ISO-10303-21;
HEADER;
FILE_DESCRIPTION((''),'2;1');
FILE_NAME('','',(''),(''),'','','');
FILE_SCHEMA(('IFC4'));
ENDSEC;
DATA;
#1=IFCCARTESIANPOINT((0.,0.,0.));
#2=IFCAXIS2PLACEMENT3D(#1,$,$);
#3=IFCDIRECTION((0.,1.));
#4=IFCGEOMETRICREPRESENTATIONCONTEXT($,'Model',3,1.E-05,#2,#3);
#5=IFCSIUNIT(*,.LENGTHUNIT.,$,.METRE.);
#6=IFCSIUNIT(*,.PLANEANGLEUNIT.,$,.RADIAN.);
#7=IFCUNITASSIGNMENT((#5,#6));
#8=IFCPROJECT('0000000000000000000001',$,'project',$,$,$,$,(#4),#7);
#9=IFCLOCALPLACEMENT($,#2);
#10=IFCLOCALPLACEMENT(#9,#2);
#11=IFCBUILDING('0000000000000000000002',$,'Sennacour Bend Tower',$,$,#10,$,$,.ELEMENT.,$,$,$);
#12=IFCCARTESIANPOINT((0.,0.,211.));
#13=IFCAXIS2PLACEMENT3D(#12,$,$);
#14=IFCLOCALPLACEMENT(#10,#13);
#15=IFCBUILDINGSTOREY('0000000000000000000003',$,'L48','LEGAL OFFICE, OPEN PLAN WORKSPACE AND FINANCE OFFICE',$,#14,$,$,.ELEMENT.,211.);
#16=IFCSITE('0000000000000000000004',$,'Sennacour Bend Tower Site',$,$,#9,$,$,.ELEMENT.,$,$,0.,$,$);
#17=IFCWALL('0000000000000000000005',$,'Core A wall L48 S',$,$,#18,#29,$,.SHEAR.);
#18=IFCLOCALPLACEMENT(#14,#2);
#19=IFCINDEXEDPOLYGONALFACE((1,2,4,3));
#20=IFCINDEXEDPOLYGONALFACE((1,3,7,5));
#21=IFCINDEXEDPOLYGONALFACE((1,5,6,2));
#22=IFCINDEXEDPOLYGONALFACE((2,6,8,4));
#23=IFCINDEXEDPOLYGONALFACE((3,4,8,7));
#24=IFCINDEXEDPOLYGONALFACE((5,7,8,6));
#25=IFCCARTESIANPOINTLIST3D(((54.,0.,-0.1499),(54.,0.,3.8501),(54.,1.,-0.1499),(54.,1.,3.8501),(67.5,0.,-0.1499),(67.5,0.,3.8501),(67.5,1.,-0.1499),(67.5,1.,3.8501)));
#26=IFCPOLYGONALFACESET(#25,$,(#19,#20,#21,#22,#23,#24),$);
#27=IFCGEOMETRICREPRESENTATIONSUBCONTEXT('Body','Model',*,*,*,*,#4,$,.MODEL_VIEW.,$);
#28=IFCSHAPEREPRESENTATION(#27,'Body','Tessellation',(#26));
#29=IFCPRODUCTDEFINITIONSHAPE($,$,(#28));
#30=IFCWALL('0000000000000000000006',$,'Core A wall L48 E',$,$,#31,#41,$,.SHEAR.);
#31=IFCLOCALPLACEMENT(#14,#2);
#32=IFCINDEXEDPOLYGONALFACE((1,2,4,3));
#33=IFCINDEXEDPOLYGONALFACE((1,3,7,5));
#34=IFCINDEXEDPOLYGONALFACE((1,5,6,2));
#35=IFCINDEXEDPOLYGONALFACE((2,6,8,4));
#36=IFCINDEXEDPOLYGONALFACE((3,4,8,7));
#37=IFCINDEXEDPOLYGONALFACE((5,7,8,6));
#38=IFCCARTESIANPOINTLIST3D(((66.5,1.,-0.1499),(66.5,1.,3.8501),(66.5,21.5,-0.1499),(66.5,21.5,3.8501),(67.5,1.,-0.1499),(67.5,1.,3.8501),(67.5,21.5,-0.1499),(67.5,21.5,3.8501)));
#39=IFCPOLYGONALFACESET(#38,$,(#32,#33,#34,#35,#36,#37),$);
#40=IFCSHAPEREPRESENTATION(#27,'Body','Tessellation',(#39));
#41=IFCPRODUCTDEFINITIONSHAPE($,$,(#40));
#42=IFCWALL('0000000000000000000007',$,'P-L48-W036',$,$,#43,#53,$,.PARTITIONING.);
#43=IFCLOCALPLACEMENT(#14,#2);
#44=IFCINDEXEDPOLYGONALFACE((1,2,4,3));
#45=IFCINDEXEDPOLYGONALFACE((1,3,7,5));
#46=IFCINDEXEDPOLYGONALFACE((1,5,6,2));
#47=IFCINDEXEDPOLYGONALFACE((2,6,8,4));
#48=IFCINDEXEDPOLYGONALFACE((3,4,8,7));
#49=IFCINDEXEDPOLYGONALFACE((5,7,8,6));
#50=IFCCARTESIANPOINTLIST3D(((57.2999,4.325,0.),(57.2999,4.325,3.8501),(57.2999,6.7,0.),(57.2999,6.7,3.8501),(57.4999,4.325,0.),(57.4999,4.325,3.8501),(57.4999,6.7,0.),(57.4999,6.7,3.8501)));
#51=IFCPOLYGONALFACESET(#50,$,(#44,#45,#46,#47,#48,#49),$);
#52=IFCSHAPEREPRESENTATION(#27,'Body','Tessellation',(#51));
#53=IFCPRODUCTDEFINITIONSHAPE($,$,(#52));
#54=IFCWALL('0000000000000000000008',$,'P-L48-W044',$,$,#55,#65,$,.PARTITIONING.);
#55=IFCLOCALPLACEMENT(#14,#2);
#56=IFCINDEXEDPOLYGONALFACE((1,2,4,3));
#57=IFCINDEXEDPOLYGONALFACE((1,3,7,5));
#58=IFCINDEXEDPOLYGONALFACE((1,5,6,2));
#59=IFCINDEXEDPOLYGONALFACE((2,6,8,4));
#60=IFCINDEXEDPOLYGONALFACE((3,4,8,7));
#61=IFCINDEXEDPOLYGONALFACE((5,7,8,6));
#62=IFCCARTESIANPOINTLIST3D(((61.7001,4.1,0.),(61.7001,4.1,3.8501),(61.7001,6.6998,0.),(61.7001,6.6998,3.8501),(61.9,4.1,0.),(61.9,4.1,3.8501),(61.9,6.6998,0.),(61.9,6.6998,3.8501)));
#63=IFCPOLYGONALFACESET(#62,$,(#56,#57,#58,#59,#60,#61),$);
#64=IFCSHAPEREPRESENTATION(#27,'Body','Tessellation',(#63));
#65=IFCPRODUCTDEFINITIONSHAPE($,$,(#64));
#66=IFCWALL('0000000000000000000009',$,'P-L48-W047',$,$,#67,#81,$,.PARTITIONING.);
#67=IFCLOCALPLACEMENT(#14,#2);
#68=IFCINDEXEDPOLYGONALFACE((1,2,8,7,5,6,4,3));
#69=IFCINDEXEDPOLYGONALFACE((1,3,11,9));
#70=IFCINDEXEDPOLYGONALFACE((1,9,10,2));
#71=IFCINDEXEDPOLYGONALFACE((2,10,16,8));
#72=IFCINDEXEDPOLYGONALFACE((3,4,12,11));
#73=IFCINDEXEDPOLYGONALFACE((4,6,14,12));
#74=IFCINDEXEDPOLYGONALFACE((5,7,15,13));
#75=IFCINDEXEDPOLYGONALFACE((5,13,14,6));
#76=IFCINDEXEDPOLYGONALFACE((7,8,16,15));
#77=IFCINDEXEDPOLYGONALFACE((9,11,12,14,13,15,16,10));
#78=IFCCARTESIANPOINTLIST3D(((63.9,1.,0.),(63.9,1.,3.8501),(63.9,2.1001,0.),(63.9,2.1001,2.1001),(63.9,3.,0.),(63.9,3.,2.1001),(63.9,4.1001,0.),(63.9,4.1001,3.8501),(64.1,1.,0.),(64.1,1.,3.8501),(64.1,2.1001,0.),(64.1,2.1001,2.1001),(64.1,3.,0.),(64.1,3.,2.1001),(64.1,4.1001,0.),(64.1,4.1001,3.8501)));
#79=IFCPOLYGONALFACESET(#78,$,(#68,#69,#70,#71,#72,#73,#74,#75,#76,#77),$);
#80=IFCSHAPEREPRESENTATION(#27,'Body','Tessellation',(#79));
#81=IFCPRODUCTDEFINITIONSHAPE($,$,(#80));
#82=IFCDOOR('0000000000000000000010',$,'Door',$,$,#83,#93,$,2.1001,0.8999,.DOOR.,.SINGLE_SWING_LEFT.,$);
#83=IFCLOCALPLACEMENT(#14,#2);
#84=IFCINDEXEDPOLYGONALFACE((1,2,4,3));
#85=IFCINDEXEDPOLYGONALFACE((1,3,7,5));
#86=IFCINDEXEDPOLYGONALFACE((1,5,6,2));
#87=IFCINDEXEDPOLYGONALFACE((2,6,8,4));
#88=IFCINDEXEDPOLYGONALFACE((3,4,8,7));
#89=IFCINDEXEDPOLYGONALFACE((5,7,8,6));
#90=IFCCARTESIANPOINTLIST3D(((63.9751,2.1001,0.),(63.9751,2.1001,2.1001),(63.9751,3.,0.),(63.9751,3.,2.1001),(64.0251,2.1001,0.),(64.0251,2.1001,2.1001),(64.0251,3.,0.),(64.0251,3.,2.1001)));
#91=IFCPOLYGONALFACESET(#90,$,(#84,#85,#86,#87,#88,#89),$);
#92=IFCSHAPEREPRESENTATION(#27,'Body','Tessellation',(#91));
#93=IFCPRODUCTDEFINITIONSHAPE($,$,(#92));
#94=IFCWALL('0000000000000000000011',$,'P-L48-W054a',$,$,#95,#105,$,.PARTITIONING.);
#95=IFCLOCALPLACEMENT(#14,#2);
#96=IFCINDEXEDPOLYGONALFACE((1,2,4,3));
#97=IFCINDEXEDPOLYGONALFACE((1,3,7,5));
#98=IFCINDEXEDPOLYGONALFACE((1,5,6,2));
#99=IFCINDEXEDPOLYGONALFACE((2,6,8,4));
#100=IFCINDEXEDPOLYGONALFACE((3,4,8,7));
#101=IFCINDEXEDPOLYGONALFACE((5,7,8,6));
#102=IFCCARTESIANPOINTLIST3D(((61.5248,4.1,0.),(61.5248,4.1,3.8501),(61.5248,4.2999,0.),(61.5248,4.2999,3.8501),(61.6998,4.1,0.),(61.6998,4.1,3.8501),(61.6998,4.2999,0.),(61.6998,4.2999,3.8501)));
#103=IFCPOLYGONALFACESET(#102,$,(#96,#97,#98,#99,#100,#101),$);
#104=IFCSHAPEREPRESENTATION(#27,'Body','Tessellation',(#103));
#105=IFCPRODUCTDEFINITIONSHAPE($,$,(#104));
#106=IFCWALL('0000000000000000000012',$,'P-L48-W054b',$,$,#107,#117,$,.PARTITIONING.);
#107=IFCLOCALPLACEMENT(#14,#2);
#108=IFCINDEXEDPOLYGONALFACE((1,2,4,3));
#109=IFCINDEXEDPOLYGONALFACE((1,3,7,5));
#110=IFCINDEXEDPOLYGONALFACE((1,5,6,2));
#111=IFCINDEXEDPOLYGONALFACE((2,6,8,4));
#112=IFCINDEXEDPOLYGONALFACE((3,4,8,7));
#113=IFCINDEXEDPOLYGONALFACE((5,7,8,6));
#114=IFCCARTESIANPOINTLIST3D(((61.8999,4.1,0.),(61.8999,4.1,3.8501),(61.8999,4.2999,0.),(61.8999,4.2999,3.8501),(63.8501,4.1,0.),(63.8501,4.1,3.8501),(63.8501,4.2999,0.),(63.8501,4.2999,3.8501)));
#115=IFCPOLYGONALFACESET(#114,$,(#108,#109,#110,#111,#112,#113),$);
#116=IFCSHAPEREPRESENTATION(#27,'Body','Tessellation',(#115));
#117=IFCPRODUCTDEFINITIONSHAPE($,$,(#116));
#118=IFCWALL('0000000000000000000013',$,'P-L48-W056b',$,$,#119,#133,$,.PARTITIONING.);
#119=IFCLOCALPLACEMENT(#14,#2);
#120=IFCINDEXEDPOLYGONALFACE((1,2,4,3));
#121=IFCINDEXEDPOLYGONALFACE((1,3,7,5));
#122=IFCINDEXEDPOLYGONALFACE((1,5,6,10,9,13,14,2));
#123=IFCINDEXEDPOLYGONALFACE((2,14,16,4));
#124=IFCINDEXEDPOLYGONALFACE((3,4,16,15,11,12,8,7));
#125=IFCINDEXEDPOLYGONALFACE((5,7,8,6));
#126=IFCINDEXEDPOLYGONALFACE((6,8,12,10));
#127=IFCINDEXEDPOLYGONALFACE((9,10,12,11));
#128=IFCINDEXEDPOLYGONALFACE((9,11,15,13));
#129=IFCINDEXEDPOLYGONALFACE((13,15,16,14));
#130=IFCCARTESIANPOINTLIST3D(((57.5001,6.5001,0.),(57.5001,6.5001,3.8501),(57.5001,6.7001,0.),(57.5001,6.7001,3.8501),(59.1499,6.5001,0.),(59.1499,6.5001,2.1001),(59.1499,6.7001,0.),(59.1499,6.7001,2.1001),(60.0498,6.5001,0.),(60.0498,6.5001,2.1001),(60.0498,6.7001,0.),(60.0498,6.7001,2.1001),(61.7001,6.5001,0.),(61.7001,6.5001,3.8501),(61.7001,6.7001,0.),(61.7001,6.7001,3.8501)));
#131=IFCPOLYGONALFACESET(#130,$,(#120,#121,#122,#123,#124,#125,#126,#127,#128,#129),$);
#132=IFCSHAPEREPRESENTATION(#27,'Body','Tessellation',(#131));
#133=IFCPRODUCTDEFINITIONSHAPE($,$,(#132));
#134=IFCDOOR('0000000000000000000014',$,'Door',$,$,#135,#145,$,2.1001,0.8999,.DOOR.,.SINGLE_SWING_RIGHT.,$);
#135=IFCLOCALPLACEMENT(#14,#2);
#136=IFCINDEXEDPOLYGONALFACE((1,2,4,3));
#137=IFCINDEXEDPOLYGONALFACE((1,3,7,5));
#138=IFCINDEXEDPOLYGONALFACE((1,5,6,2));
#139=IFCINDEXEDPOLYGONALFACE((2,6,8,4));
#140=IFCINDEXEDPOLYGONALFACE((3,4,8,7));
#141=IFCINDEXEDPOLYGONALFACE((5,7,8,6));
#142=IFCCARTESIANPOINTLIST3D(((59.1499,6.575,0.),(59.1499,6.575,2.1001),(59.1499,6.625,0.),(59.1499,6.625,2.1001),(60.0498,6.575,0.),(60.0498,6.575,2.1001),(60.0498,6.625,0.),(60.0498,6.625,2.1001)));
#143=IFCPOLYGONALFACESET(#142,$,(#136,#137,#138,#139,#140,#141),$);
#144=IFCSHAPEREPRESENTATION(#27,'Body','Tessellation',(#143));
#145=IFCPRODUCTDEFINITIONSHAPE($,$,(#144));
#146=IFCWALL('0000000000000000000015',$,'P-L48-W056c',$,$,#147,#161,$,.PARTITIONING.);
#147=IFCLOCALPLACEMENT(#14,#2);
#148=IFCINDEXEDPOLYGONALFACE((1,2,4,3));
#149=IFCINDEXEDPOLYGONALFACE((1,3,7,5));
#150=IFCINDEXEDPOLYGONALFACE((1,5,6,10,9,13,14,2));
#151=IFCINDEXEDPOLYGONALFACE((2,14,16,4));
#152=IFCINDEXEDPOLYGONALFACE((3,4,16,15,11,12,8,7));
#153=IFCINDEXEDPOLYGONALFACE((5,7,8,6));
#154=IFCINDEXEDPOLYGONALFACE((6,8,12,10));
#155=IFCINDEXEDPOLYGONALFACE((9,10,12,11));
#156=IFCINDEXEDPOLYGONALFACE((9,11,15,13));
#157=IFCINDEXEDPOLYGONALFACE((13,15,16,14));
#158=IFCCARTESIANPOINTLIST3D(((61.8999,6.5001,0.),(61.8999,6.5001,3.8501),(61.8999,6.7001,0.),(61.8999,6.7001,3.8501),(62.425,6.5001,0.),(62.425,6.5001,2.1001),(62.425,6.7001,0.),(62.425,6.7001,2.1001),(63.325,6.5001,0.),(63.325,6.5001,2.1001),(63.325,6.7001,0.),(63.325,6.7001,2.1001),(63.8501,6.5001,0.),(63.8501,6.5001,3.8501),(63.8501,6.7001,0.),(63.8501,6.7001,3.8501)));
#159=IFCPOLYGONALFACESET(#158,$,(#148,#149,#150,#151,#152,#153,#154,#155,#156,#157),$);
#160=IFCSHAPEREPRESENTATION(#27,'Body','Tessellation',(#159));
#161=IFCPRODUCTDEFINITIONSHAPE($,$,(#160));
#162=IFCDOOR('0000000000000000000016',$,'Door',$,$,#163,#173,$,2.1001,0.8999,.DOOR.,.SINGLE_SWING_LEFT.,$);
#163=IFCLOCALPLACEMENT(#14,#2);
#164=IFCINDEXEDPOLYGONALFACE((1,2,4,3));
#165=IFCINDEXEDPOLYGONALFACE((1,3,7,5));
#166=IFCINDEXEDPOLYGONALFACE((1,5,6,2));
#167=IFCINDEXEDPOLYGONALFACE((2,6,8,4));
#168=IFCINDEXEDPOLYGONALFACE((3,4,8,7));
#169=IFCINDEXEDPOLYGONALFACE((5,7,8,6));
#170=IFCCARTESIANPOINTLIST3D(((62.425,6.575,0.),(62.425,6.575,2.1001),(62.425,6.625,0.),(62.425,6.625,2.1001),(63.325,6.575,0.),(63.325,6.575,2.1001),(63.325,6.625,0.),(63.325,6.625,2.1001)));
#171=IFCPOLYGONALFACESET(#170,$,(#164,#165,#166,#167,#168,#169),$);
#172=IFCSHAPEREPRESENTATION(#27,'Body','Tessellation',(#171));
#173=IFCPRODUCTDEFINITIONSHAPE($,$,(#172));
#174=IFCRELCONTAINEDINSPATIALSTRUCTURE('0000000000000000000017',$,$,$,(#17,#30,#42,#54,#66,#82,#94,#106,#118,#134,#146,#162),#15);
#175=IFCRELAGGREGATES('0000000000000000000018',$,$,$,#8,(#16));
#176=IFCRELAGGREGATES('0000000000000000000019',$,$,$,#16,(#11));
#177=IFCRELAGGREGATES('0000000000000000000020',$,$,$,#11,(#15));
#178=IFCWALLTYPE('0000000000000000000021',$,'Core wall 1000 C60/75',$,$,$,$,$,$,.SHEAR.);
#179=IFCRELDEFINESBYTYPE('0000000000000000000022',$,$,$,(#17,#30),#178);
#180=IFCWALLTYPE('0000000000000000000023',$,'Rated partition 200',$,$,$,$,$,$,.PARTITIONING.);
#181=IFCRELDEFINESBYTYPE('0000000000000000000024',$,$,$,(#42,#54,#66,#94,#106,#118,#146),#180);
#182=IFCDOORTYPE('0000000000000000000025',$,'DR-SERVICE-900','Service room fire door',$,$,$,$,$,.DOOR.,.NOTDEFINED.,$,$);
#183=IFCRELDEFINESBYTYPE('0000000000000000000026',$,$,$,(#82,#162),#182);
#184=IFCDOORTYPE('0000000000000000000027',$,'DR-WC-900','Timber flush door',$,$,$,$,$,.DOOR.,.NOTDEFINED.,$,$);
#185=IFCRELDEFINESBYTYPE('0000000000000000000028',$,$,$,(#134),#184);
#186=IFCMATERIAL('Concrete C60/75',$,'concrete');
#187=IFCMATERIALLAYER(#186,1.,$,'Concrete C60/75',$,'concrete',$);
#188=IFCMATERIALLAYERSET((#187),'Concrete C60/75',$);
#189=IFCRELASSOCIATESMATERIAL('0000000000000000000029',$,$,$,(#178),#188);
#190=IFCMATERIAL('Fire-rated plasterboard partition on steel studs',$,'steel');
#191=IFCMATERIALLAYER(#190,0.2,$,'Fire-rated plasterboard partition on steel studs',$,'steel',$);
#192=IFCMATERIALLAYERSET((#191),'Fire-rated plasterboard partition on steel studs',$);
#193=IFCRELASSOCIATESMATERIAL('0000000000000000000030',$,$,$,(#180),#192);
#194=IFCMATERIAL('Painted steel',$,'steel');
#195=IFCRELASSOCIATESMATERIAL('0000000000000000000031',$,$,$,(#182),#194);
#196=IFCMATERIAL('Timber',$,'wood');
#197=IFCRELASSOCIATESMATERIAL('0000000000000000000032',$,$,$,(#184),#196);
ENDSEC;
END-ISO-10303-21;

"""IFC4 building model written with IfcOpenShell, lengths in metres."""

from ifc_helpers import new_model, si_unit, direction, frame, frame_2d, origin, place, context, subcontext, project, spatial, rectangle, extrude, material, layer, layer_set, type_object, element, fill, save


model = new_model("IFC4")

# Units and contexts
model_context = context("Model", 3, precision=1e-05, world=origin(), true_north=direction((0.0, 1.0)))
body_context = subcontext(model_context, "Body", "Model", "MODEL_VIEW")
ifc_project = project(units=[si_unit("LENGTHUNIT", "METRE"), si_unit("PLANEANGLEUNIT", "RADIAN")], contexts=[model_context])

# Site, building, storey
site_placement = place(None, origin())
site = spatial("IfcSite", under=ifc_project, at=site_placement, Name="Sennacour Bend Tower Site", CompositionType="ELEMENT", RefElevation=0.0)
building_placement = place(site_placement, origin())
building = spatial("IfcBuilding", under=site, at=building_placement, Name="Sennacour Bend Tower", CompositionType="ELEMENT")
storey_placement = place(building_placement, frame((0.0, 0.0, 211.0)))
storey = spatial("IfcBuildingStorey", under=building, at=storey_placement, Name="L48", Description="LEGAL OFFICE, OPEN PLAN WORKSPACE AND FINANCE OFFICE", CompositionType="ELEMENT", Elevation=211.0)

# Walls
ifc_material_1 = material(Name="Concrete C60/75", Category="concrete")
ifc_layer_1 = layer(ifc_material_1, 1.0, Name="Concrete C60/75", Category="concrete")
ifc_layer_set_1 = layer_set([ifc_layer_1], Name="Concrete C60/75")
wall_type_1 = type_object("IfcWallType", Name="Core wall 1000 C60/75", PredefinedType="SHEAR", material=ifc_layer_set_1)
wall_1_placement = place(storey_placement, frame((67.5, 0.5, -0.1499), z_axis=(0.0, 0.0, 1.0), x_axis=(-1.0, 0.0, 0.0)))
element("IfcWall", 1, at=wall_1_placement, inside=storey, type_object=wall_type_1, Name="Core A wall L48 S", PredefinedType="SHEAR", context=body_context, shape_type="SweptSolid", body=[
    extrude(rectangle(XDim=13.5, YDim=1.0, at=frame_2d((6.75, 0.0))), origin(), (0.0, 0.0, 1.0), 4.0),
])
wall_2_placement = place(storey_placement, frame((67.0, 1.0, -0.1499), z_axis=(0.0, 0.0, 1.0), x_axis=(0.0, 1.0, 0.0)))
element("IfcWall", 2, at=wall_2_placement, inside=storey, type_object=wall_type_1, Name="Core A wall L48 E", PredefinedType="SHEAR", context=body_context, shape_type="SweptSolid", body=[
    extrude(rectangle(XDim=20.5, YDim=1.0, at=frame_2d((10.25, 0.0))), origin(), (0.0, 0.0, 1.0), 4.0),
])
ifc_material_2 = material(Name="Fire-rated plasterboard partition on steel studs", Category="steel")
ifc_layer_2 = layer(ifc_material_2, 0.2, Name="Fire-rated plasterboard partition on steel studs", Category="steel")
ifc_layer_set_2 = layer_set([ifc_layer_2], Name="Fire-rated plasterboard partition on steel studs")
wall_type_2 = type_object("IfcWallType", Name="Rated partition 200", PredefinedType="PARTITIONING", material=ifc_layer_set_2)
wall_3_placement = place(storey_placement, frame((57.3999, 4.325, 0.0), z_axis=(0.0, 0.0, 1.0), x_axis=(0.0, 1.0, 0.0)))
element("IfcWall", 3, at=wall_3_placement, inside=storey, type_object=wall_type_2, Name="P-L48-W036", PredefinedType="PARTITIONING", context=body_context, shape_type="SweptSolid", body=[
    extrude(rectangle(XDim=2.375, YDim=0.2, at=frame_2d((1.1875, 0.0))), origin(), (0.0, 0.0, 1.0), 3.8501),
])
wall_4_placement = place(storey_placement, frame((61.8, 4.1001, 0.0), z_axis=(0.0, 0.0, 1.0), x_axis=(0.0, 1.0, 0.0)))
element("IfcWall", 4, at=wall_4_placement, inside=storey, type_object=wall_type_2, Name="P-L48-W044", PredefinedType="PARTITIONING", context=body_context, shape_type="SweptSolid", body=[
    extrude(rectangle(XDim=2.5999, YDim=0.2, at=frame_2d((1.2998, 0.0))), origin(), (0.0, 0.0, 1.0), 3.8501),
])

# Wall, opening, door
wall_5_placement = place(storey_placement, frame((64.0, 1.0, 0.0), z_axis=(0.0, 0.0, 1.0), x_axis=(0.0, 1.0, 0.0)))
wall_5 = element("IfcWall", 5, at=wall_5_placement, inside=storey, type_object=wall_type_2, Name="P-L48-W047", PredefinedType="PARTITIONING", context=body_context, shape_type="SweptSolid", body=[
    extrude(rectangle(XDim=3.1001, YDim=0.2, at=frame_2d((1.55, 0.0))), origin(), (0.0, 0.0, 1.0), 3.8501),
])
opening_1_placement = place(wall_5_placement, frame((1.1001, 0.0, 0.0)))
opening_1 = element("IfcOpeningElement", 6, at=opening_1_placement, cuts=wall_5, PredefinedType="OPENING", context=body_context, shape_type="SweptSolid", body=[
    extrude(rectangle(XDim=0.8999, YDim=2.1001, at=frame_2d((0.45, 1.05))), frame((0.0, 0.1099, 0.0), z_axis=(0.0, -1.0, 0.0), x_axis=(1.0, 0.0, 0.0)), (0.0, 0.0, 1.0), 0.22),
])
ifc_material_3 = material(Name="Painted steel", Category="steel")
door_type_1 = type_object("IfcDoorType", Name="DR-SERVICE-900", Description="Service room fire door", OperationType="NOTDEFINED", PredefinedType="DOOR", material=ifc_material_3)
door_1_placement = place(opening_1_placement, origin())
door_1 = element("IfcDoor", 7, at=door_1_placement, inside=storey, type_object=door_type_1, Name="Door", OperationType="SINGLE_SWING_LEFT", OverallHeight=2.1001, OverallWidth=0.8999, PredefinedType="DOOR", context=body_context, shape_type="SweptSolid", body=[
    extrude(rectangle(XDim=0.8999, YDim=2.1001, at=frame_2d((0.45, 1.05))), frame((0.0, 0.0249, 0.0), z_axis=(0.0, -1.0, 0.0), x_axis=(1.0, 0.0, 0.0)), (0.0, 0.0, 1.0), 0.05),
])
fill(opening_1, door_1)

# Walls
wall_6_placement = place(storey_placement, frame((61.5249, 4.2, 0.0), z_axis=(0.0, 0.0, 1.0), x_axis=(1.0, 0.0, 0.0)))
element("IfcWall", 8, at=wall_6_placement, inside=storey, type_object=wall_type_2, Name="P-L48-W054a", PredefinedType="PARTITIONING", context=body_context, shape_type="SweptSolid", body=[
    extrude(rectangle(XDim=0.175, YDim=0.2, at=frame_2d((0.0874, 0.0))), origin(), (0.0, 0.0, 1.0), 3.8501),
])
wall_7_placement = place(storey_placement, frame((61.8999, 4.2, 0.0), z_axis=(0.0, 0.0, 1.0), x_axis=(1.0, 0.0, 0.0)))
element("IfcWall", 9, at=wall_7_placement, inside=storey, type_object=wall_type_2, Name="P-L48-W054b", PredefinedType="PARTITIONING", context=body_context, shape_type="SweptSolid", body=[
    extrude(rectangle(XDim=1.9502, YDim=0.2, at=frame_2d((0.9751, 0.0))), origin(), (0.0, 0.0, 1.0), 3.8501),
])

# Walls, openings, doors
wall_8_placement = place(storey_placement, frame((57.5, 6.6001, 0.0), z_axis=(0.0, 0.0, 1.0), x_axis=(1.0, 0.0, 0.0)))
wall_8 = element("IfcWall", 10, at=wall_8_placement, inside=storey, type_object=wall_type_2, Name="P-L48-W056b", PredefinedType="PARTITIONING", context=body_context, shape_type="SweptSolid", body=[
    extrude(rectangle(XDim=4.2, YDim=0.2, at=frame_2d((2.1001, 0.0))), origin(), (0.0, 0.0, 1.0), 3.8501),
])
opening_2_placement = place(wall_8_placement, frame((1.6499, 0.0, 0.0)))
opening_2 = element("IfcOpeningElement", 11, at=opening_2_placement, cuts=wall_8, PredefinedType="OPENING", context=body_context, shape_type="SweptSolid", body=[
    extrude(rectangle(XDim=0.8999, YDim=2.1001, at=frame_2d((0.45, 1.05))), frame((0.0, 0.1099, 0.0), z_axis=(0.0, -1.0, 0.0), x_axis=(1.0, 0.0, 0.0)), (0.0, 0.0, 1.0), 0.22),
])
ifc_material_4 = material(Name="Timber", Category="wood")
door_type_2 = type_object("IfcDoorType", Name="DR-WC-900", Description="Timber flush door", OperationType="NOTDEFINED", PredefinedType="DOOR", material=ifc_material_4)
door_2_placement = place(opening_2_placement, origin())
door_2 = element("IfcDoor", 12, at=door_2_placement, inside=storey, type_object=door_type_2, Name="Door", OperationType="SINGLE_SWING_RIGHT", OverallHeight=2.1001, OverallWidth=0.8999, PredefinedType="DOOR", context=body_context, shape_type="SweptSolid", body=[
    extrude(rectangle(XDim=0.8999, YDim=2.1001, at=frame_2d((0.45, 1.05))), frame((0.0, 0.0249, 0.0), z_axis=(0.0, -1.0, 0.0), x_axis=(1.0, 0.0, 0.0)), (0.0, 0.0, 1.0), 0.05),
])
fill(opening_2, door_2)
wall_9_placement = place(storey_placement, frame((61.8999, 6.6001, 0.0), z_axis=(0.0, 0.0, 1.0), x_axis=(1.0, 0.0, 0.0)))
wall_9 = element("IfcWall", 13, at=wall_9_placement, inside=storey, type_object=wall_type_2, Name="P-L48-W056c", PredefinedType="PARTITIONING", context=body_context, shape_type="SweptSolid", body=[
    extrude(rectangle(XDim=1.9502, YDim=0.2, at=frame_2d((0.9751, 0.0))), origin(), (0.0, 0.0, 1.0), 3.8501),
])
opening_3_placement = place(wall_9_placement, frame((0.5251, 0.0, 0.0)))
opening_3 = element("IfcOpeningElement", 14, at=opening_3_placement, cuts=wall_9, PredefinedType="OPENING", context=body_context, shape_type="SweptSolid", body=[
    extrude(rectangle(XDim=0.8999, YDim=2.1001, at=frame_2d((0.45, 1.05))), frame((0.0, 0.1099, 0.0), z_axis=(0.0, -1.0, 0.0), x_axis=(1.0, 0.0, 0.0)), (0.0, 0.0, 1.0), 0.22),
])
door_3_placement = place(opening_3_placement, origin())
door_3 = element("IfcDoor", 15, at=door_3_placement, inside=storey, type_object=door_type_1, Name="Door", OperationType="SINGLE_SWING_LEFT", OverallHeight=2.1001, OverallWidth=0.8999, PredefinedType="DOOR", context=body_context, shape_type="SweptSolid", body=[
    extrude(rectangle(XDim=0.8999, YDim=2.1001, at=frame_2d((0.45, 1.05))), frame((0.0, 0.0249, 0.0), z_axis=(0.0, -1.0, 0.0), x_axis=(1.0, 0.0, 0.0)), (0.0, 0.0, 1.0), 0.05),
])
fill(opening_3, door_3)

save(model, "model.ifc")
